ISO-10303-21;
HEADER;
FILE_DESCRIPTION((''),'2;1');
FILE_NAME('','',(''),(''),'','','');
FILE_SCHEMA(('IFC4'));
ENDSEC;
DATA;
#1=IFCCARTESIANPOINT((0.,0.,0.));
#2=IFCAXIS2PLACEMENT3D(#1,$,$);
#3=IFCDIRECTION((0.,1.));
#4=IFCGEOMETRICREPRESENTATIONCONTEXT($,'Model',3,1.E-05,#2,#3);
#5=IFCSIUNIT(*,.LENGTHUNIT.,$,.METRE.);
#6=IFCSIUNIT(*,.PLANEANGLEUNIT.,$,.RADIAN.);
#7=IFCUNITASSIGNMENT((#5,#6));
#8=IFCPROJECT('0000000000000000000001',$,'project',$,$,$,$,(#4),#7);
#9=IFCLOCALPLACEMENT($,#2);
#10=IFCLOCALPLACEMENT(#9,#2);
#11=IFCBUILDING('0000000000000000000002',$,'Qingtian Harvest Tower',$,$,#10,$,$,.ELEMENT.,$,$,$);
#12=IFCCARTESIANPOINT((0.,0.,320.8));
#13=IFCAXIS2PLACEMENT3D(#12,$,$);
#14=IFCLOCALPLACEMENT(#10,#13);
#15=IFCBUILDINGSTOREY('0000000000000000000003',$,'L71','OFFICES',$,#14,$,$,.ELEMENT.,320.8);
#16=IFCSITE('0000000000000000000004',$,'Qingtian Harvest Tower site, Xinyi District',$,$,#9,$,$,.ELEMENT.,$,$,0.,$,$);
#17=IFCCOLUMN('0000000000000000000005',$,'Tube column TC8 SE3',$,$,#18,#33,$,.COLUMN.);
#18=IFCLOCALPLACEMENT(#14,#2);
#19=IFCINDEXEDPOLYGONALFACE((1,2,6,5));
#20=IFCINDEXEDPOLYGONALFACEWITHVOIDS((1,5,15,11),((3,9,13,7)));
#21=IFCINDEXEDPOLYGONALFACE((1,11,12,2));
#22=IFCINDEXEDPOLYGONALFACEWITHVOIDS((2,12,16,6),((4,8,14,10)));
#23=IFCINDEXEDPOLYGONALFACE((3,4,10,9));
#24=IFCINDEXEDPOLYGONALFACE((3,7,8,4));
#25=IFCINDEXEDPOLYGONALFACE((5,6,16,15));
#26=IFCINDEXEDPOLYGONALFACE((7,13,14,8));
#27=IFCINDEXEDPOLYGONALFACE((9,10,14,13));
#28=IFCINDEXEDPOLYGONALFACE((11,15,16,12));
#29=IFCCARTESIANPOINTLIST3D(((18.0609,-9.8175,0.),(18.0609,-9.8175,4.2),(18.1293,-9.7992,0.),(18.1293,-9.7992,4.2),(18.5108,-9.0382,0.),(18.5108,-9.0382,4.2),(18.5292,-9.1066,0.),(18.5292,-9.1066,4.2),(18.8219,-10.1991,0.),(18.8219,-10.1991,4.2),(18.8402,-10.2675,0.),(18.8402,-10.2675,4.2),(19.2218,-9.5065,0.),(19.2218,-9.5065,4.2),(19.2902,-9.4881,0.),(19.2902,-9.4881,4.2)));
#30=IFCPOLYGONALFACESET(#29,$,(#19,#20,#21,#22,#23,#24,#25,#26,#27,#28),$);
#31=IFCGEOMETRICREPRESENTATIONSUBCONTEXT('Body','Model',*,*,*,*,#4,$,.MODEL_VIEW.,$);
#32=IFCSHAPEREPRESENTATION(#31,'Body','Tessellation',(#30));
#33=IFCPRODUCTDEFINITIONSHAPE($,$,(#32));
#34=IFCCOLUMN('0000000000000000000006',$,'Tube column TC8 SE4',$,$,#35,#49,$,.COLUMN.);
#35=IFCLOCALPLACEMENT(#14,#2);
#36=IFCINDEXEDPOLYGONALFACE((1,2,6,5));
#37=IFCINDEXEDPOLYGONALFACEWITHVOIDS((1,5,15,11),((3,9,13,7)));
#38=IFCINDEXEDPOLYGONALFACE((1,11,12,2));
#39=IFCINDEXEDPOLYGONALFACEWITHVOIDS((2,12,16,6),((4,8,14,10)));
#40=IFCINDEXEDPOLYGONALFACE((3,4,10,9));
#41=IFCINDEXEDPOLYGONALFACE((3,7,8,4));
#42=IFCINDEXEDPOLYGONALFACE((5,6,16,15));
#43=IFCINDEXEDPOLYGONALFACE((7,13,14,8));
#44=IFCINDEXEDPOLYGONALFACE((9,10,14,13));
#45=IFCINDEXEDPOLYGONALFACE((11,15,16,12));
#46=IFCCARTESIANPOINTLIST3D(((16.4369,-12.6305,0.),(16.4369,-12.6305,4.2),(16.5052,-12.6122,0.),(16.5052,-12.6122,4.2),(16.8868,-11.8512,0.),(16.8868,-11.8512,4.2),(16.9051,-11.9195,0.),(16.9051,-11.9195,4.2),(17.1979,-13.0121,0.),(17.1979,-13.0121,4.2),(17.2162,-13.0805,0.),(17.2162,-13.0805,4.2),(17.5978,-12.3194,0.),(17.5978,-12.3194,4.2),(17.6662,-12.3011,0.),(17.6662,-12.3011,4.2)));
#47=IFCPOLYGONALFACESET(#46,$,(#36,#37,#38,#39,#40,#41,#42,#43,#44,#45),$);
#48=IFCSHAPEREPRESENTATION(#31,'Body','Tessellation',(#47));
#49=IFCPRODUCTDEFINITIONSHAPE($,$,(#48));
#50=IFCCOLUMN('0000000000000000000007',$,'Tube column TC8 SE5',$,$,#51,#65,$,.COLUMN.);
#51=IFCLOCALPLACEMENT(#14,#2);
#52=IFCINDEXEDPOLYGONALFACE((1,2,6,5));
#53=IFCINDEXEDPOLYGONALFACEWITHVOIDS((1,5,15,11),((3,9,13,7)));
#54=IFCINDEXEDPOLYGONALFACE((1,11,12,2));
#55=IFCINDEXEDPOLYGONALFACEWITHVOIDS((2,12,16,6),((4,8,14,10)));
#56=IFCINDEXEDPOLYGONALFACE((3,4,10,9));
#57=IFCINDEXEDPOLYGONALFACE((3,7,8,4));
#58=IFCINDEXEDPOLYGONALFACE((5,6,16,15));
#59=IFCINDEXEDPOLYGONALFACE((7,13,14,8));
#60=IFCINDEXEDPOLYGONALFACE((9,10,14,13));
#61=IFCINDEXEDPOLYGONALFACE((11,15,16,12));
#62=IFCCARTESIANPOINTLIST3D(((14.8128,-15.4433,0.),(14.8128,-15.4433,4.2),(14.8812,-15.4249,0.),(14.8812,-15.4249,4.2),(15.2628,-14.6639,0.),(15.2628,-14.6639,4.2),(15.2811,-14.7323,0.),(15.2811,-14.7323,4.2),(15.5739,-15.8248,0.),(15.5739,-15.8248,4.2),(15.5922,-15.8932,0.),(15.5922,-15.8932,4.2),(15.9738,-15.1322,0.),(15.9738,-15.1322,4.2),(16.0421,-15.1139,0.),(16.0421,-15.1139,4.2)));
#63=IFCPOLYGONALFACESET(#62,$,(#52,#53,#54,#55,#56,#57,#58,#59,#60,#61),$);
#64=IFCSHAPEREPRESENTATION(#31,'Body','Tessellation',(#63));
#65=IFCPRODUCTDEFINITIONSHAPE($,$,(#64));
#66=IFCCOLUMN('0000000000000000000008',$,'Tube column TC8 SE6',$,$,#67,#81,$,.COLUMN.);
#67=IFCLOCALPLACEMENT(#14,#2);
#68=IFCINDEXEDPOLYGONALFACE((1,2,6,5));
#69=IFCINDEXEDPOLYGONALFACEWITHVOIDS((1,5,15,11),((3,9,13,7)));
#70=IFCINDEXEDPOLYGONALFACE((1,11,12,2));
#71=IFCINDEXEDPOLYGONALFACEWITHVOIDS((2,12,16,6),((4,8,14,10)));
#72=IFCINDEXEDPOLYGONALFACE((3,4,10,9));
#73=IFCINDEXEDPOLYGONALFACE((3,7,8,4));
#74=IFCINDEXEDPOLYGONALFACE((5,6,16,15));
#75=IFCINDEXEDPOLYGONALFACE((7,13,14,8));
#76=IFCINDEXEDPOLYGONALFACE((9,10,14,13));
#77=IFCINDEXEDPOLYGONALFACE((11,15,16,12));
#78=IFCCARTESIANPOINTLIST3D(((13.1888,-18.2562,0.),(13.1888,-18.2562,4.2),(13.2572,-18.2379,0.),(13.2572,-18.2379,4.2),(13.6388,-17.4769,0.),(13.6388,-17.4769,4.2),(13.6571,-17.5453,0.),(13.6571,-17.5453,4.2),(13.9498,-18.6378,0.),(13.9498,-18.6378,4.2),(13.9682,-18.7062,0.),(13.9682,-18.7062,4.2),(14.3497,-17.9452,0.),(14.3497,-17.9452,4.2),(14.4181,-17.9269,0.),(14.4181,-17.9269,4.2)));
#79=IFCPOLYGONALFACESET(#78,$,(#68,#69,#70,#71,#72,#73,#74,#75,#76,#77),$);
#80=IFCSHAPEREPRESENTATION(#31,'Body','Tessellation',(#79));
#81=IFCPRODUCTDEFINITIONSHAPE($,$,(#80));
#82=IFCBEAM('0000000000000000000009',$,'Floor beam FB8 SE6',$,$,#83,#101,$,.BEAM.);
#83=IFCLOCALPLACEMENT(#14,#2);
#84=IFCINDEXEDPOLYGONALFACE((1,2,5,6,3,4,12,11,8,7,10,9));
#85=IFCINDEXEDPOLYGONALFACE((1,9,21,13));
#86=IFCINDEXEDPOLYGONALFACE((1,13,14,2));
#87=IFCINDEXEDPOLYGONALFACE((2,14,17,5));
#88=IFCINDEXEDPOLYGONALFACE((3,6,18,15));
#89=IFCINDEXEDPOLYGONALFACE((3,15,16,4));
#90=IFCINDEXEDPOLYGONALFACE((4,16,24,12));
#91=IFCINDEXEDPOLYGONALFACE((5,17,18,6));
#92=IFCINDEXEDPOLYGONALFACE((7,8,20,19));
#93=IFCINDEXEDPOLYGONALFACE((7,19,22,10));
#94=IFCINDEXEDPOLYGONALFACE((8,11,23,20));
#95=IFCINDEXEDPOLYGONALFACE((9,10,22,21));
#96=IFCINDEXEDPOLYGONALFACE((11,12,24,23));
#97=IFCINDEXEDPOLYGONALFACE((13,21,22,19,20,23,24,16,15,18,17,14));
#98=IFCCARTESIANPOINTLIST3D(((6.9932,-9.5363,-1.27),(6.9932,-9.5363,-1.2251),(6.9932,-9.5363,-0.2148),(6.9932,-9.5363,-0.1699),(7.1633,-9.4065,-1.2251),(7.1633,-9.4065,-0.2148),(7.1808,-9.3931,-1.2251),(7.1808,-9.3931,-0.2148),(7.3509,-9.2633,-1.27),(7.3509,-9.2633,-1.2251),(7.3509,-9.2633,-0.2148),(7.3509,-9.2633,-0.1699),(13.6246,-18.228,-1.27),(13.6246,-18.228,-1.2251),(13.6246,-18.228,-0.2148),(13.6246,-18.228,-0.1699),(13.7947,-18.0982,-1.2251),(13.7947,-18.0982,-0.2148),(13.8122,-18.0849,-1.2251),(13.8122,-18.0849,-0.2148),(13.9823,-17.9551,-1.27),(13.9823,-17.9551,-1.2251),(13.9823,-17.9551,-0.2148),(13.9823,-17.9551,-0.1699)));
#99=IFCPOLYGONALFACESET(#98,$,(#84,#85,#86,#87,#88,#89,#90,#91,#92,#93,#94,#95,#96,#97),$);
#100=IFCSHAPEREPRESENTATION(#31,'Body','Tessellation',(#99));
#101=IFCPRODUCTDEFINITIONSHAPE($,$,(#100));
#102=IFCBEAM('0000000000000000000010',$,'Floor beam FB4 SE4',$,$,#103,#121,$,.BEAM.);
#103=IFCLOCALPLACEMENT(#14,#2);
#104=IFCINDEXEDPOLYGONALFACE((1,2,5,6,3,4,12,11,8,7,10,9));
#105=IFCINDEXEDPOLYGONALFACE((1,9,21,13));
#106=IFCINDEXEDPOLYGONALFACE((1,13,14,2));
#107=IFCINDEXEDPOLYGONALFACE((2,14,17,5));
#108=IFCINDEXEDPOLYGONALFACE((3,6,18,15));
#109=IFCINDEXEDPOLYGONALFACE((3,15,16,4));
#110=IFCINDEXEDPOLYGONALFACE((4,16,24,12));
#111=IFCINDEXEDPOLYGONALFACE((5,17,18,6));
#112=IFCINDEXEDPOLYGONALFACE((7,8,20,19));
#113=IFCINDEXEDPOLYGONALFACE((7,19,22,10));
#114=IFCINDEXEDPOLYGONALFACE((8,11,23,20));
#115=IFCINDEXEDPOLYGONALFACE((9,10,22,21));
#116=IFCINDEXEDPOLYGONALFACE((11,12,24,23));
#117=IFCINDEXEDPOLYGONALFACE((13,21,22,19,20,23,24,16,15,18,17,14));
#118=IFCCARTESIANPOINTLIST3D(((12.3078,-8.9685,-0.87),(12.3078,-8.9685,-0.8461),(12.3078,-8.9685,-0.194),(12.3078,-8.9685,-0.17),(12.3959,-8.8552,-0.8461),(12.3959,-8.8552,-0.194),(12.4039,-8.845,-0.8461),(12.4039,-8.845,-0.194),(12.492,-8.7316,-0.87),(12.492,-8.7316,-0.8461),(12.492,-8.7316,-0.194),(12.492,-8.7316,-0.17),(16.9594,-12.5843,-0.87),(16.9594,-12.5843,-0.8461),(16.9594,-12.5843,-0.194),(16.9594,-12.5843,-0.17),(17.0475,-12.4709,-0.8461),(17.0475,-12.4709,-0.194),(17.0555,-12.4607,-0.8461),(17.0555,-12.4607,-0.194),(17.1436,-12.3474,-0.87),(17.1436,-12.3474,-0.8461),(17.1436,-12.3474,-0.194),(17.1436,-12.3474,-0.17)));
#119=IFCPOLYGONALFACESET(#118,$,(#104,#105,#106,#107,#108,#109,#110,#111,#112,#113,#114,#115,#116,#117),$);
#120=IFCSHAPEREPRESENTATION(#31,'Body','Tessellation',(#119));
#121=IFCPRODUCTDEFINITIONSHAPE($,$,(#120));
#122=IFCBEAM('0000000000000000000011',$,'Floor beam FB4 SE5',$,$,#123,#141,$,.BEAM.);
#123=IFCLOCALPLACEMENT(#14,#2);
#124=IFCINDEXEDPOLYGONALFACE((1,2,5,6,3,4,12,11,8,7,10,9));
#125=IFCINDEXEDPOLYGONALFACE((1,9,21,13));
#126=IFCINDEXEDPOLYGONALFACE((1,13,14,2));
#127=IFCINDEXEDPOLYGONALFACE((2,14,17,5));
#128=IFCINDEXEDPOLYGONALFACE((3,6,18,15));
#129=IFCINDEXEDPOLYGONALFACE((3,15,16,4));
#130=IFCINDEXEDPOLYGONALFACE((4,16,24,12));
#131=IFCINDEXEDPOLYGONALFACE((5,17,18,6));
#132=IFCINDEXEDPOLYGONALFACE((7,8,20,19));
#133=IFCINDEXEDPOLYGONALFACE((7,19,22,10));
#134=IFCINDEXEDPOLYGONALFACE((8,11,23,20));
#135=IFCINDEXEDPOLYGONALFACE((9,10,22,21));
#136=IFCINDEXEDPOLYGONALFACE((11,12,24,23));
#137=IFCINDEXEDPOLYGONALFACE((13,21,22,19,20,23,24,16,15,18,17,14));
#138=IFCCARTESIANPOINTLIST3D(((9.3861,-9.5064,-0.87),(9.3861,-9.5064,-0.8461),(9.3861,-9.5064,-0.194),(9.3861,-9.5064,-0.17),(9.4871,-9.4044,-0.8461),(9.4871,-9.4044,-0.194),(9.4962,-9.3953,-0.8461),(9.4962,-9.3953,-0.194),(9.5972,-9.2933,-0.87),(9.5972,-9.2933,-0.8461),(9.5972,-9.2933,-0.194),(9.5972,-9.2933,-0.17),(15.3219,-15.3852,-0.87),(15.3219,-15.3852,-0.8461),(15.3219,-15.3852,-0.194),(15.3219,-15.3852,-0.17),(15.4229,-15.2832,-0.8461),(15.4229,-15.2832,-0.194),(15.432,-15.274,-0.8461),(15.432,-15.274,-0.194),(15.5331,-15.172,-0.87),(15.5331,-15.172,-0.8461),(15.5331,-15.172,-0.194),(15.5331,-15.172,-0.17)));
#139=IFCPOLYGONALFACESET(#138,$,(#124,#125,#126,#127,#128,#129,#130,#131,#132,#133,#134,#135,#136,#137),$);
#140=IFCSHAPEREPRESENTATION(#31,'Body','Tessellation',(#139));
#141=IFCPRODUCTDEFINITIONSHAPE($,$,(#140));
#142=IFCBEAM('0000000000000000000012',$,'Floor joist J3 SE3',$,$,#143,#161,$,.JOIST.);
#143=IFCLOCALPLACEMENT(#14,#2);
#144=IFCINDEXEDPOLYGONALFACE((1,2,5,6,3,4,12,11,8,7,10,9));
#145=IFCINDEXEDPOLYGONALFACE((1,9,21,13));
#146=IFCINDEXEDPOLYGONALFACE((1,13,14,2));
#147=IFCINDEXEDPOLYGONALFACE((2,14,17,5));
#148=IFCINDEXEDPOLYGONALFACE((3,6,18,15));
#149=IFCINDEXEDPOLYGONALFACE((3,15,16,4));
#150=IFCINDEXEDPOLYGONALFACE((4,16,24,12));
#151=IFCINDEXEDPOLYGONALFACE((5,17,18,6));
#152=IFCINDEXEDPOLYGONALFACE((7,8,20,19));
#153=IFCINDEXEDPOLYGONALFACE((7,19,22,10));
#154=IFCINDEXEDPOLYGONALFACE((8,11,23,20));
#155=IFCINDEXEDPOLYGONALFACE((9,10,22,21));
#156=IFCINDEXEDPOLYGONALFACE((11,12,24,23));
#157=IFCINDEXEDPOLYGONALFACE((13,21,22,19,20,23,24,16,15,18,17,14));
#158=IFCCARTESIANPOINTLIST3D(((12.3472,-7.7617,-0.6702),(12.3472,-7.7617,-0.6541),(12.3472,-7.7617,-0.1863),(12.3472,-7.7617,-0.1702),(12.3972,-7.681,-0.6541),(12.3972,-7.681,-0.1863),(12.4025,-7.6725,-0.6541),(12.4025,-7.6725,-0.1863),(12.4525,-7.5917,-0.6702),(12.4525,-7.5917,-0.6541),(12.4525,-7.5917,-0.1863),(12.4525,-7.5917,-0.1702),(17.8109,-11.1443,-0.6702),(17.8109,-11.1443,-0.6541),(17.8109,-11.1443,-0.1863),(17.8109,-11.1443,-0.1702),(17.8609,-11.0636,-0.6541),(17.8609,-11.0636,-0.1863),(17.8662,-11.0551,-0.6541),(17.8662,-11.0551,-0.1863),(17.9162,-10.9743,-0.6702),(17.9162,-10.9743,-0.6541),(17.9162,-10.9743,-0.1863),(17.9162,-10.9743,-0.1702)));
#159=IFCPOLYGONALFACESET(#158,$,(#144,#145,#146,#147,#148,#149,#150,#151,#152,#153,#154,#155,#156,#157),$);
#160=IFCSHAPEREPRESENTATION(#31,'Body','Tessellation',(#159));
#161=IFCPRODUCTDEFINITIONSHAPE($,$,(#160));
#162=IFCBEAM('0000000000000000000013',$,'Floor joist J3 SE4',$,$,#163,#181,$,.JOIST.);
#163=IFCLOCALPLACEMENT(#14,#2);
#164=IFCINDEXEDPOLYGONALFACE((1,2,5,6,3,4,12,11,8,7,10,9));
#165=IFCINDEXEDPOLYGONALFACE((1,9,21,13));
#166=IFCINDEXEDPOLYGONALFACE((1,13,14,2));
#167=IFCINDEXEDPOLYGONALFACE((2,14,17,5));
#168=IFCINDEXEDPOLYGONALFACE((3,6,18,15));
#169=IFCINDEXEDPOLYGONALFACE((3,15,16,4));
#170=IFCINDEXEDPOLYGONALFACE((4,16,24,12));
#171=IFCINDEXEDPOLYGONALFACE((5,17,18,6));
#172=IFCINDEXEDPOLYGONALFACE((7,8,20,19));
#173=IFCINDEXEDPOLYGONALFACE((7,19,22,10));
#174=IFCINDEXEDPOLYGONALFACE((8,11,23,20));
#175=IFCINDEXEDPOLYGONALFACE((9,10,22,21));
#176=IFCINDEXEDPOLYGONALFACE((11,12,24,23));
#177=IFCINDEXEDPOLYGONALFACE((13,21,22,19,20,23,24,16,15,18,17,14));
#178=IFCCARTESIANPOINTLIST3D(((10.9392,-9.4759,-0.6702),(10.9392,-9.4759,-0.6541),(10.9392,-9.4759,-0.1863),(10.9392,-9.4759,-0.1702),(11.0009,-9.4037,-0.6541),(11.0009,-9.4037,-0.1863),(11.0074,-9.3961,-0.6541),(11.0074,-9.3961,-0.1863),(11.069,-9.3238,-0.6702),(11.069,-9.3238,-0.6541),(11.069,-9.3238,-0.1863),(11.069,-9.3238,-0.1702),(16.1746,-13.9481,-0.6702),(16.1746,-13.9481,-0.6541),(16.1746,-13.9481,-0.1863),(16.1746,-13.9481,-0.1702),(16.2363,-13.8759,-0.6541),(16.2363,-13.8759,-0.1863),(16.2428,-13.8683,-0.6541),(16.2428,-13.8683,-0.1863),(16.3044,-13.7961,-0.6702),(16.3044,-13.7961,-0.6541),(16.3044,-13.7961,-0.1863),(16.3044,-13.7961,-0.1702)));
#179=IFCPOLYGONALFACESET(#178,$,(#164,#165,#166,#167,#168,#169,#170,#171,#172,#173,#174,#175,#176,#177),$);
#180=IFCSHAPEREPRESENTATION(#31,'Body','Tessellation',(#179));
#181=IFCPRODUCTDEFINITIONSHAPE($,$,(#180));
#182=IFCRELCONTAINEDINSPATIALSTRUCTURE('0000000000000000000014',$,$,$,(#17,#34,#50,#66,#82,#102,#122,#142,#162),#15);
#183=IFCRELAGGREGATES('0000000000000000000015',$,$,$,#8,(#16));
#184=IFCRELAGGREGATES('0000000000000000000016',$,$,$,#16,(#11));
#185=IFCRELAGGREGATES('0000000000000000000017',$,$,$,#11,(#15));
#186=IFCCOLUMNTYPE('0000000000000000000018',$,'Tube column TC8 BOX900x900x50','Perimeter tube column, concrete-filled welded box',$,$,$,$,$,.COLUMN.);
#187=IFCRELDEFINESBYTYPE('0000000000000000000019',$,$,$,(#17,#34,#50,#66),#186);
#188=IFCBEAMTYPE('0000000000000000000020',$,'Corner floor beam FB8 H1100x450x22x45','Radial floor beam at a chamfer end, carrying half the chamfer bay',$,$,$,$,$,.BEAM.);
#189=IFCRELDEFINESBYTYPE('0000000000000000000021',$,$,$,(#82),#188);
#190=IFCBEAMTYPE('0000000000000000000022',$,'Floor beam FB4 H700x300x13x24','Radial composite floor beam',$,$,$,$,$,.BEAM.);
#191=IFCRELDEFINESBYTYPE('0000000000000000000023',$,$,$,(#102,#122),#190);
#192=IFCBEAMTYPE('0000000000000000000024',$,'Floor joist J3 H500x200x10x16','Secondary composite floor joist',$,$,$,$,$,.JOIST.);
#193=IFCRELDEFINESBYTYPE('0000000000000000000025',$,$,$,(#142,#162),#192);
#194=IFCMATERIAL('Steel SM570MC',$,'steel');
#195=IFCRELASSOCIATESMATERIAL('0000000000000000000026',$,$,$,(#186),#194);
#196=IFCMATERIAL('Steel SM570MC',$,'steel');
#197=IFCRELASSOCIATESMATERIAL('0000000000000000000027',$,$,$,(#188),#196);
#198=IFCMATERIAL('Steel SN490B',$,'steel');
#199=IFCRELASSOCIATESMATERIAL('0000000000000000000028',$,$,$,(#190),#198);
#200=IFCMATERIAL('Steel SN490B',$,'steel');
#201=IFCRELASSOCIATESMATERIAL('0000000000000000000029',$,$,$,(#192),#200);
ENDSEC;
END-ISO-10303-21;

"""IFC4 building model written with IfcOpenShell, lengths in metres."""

from ifc_helpers import new_model, si_unit, direction, frame, origin, origin_2d, place, context, subcontext, project, spatial, hollow_rectangle, i_section, extrude, material, material_profile, profile_set, type_object, element, save


model = new_model("IFC4")

# Units and contexts
model_context = context("Model", 3, precision=1e-05, world=origin(), true_north=direction((0.0, 1.0)))
body_context = subcontext(model_context, "Body", "Model", "MODEL_VIEW")
ifc_project = project(units=[si_unit("LENGTHUNIT", "METRE"), si_unit("PLANEANGLEUNIT", "RADIAN")], contexts=[model_context])

# Site, building, storey
site_placement = place(None, origin())
site = spatial("IfcSite", under=ifc_project, at=site_placement, Name="Qingtian Harvest Tower site, Xinyi District", CompositionType="ELEMENT", RefElevation=0.0)
building_placement = place(site_placement, origin())
building = spatial("IfcBuilding", under=site, at=building_placement, Name="Qingtian Harvest Tower", CompositionType="ELEMENT")
storey_placement = place(building_placement, frame((0.0, 0.0, 320.8)))
storey = spatial("IfcBuildingStorey", under=building, at=storey_placement, Name="L71", Description="OFFICES", CompositionType="ELEMENT", Elevation=320.8)

# Columns
ifc_material_1 = material(Name="Steel SM570MC", Category="steel")
ifc_material_profile_1 = material_profile(ifc_material_1, hollow_rectangle(XDim=0.8999, YDim=0.8999, WallThickness=0.05, at=origin_2d()), Name="BOX900x900x50")
ifc_profile_set_1 = profile_set([ifc_material_profile_1], Name="Steel SM570MC")
column_type = type_object("IfcColumnType", Name="Tube column TC8 BOX900x900x50", Description="Perimeter tube column, concrete-filled welded box", PredefinedType="COLUMN", material=ifc_profile_set_1)
for number, where, z_axis, x_axis, name in (
    (1, (18.6755, -9.6528, 0.0), (0.0, 0.0, 1.0), (0.5, 0.866025, 0.0), "Tube column TC8 SE3"),
    (2, (17.0515, -12.4658, 0.0), (0.0, 0.0, 1.0), (0.5, 0.866025, 0.0), "Tube column TC8 SE4"),
    (3, (15.4275, -15.2786, 0.0), (0.0, 0.0, 1.0), (0.5, 0.866025, 0.0), "Tube column TC8 SE5"),
    (4, (13.8035, -18.0916, 0.0), (0.0, 0.0, 1.0), (0.5, 0.866025, 0.0), "Tube column TC8 SE6"),
):
    element("IfcColumn", number, at=place(storey_placement, frame(where, z_axis=z_axis, x_axis=x_axis)), inside=storey, type_object=column_type, Name=name, PredefinedType="COLUMN", context=body_context, shape_type="SweptSolid", body=[
        extrude(hollow_rectangle(XDim=0.8999, YDim=0.8999, WallThickness=0.05, at=origin_2d()), origin(), (0.0, 0.0, 1.0), 4.2),
    ])

# Beams
ifc_material_2 = material(Name="Steel SM570MC", Category="steel")
ifc_material_profile_2 = material_profile(ifc_material_2, i_section(OverallWidth=0.45, OverallDepth=1.1001, WebThickness=0.022, FlangeThickness=0.0449, at=origin_2d()), Name="H1100x450x22x45")
ifc_profile_set_2 = profile_set([ifc_material_profile_2], Name="Steel SM570MC")
beam_type_1 = type_object("IfcBeamType", Name="Corner floor beam FB8 H1100x450x22x45", Description="Radial floor beam at a chamfer end, carrying half the chamfer bay", PredefinedType="BEAM", material=ifc_profile_set_2)
beam_1_placement = place(storey_placement, frame((13.8035, -18.0916, -0.72), z_axis=(-0.606572, 0.795029, 0.0), x_axis=(-0.795029, -0.606572, 0.0)))
element("IfcBeam", 5, at=beam_1_placement, inside=storey, type_object=beam_type_1, Name="Floor beam FB8 SE6", PredefinedType="BEAM", context=body_context, shape_type="SweptSolid", body=[
    extrude(i_section(OverallWidth=0.45, OverallDepth=1.1001, WebThickness=0.022, FlangeThickness=0.0449, at=origin_2d()), origin(), (0.0, 0.0, 1.0), 10.9326),
])
ifc_material_3 = material(Name="Steel SN490B", Category="steel")
ifc_material_profile_3 = material_profile(ifc_material_3, i_section(OverallWidth=0.3, OverallDepth=0.7, WebThickness=0.0129, FlangeThickness=0.0239, at=origin_2d()), Name="H700x300x13x24")
ifc_profile_set_3 = profile_set([ifc_material_profile_3], Name="Steel SN490B")
beam_type_2 = type_object("IfcBeamType", Name="Floor beam FB4 H700x300x13x24", Description="Radial composite floor beam", PredefinedType="BEAM", material=ifc_profile_set_3)
beam_2_placement = place(storey_placement, frame((17.0515, -12.4658, -0.52), z_axis=(-0.789533, 0.613708, 0.0), x_axis=(-0.613708, -0.789533, 0.0)))
element("IfcBeam", 6, at=beam_2_placement, inside=storey, type_object=beam_type_2, Name="Floor beam FB4 SE4", PredefinedType="BEAM", context=body_context, shape_type="SweptSolid", body=[
    extrude(i_section(OverallWidth=0.3, OverallDepth=0.7, WebThickness=0.0129, FlangeThickness=0.0239, at=origin_2d()), origin(), (0.0, 0.0, 1.0), 5.8916),
])
beam_3_placement = place(storey_placement, frame((15.4275, -15.2786, -0.52), z_axis=(-0.710518, 0.703679, 0.0), x_axis=(-0.703679, -0.710518, 0.0)))
element("IfcBeam", 7, at=beam_3_placement, inside=storey, type_object=beam_type_2, Name="Floor beam FB4 SE5", PredefinedType="BEAM", context=body_context, shape_type="SweptSolid", body=[
    extrude(i_section(OverallWidth=0.3, OverallDepth=0.7, WebThickness=0.0129, FlangeThickness=0.0239, at=origin_2d()), origin(), (0.0, 0.0, 1.0), 8.3542),
])
ifc_material_4 = material(Name="Steel SN490B", Category="steel")
ifc_material_profile_4 = material_profile(ifc_material_4, i_section(OverallWidth=0.2, OverallDepth=0.5, WebThickness=0.01, FlangeThickness=0.0161, at=origin_2d()), Name="H500x200x10x16")
ifc_profile_set_4 = profile_set([ifc_material_profile_4], Name="Steel SN490B")
beam_type_3 = type_object("IfcBeamType", Name="Floor joist J3 H500x200x10x16", Description="Secondary composite floor joist", PredefinedType="JOIST", material=ifc_profile_set_4)
beam_4_placement = place(storey_placement, frame((17.8635, -11.0593, -0.4202), z_axis=(-0.850242, 0.526391, 0.0), x_axis=(-0.526391, -0.850242, 0.0)))
element("IfcBeam", 8, at=beam_4_placement, inside=storey, type_object=beam_type_3, Name="Floor joist J3 SE3", PredefinedType="JOIST", context=body_context, shape_type="SweptSolid", body=[
    extrude(i_section(OverallWidth=0.2, OverallDepth=0.5, WebThickness=0.01, FlangeThickness=0.0161, at=origin_2d()), origin(), (0.0, 0.0, 1.0), 6.426),
])
beam_5_placement = place(storey_placement, frame((16.2395, -13.8721, -0.4202), z_axis=(-0.760352, 0.649511, 0.0), x_axis=(-0.649511, -0.760352, 0.0)))
element("IfcBeam", 9, at=beam_5_placement, inside=storey, type_object=beam_type_3, Name="Floor joist J3 SE4", PredefinedType="JOIST", context=body_context, shape_type="SweptSolid", body=[
    extrude(i_section(OverallWidth=0.2, OverallDepth=0.5, WebThickness=0.01, FlangeThickness=0.0161, at=origin_2d()), origin(), (0.0, 0.0, 1.0), 6.8855),
])

save(model, "model.ifc")
